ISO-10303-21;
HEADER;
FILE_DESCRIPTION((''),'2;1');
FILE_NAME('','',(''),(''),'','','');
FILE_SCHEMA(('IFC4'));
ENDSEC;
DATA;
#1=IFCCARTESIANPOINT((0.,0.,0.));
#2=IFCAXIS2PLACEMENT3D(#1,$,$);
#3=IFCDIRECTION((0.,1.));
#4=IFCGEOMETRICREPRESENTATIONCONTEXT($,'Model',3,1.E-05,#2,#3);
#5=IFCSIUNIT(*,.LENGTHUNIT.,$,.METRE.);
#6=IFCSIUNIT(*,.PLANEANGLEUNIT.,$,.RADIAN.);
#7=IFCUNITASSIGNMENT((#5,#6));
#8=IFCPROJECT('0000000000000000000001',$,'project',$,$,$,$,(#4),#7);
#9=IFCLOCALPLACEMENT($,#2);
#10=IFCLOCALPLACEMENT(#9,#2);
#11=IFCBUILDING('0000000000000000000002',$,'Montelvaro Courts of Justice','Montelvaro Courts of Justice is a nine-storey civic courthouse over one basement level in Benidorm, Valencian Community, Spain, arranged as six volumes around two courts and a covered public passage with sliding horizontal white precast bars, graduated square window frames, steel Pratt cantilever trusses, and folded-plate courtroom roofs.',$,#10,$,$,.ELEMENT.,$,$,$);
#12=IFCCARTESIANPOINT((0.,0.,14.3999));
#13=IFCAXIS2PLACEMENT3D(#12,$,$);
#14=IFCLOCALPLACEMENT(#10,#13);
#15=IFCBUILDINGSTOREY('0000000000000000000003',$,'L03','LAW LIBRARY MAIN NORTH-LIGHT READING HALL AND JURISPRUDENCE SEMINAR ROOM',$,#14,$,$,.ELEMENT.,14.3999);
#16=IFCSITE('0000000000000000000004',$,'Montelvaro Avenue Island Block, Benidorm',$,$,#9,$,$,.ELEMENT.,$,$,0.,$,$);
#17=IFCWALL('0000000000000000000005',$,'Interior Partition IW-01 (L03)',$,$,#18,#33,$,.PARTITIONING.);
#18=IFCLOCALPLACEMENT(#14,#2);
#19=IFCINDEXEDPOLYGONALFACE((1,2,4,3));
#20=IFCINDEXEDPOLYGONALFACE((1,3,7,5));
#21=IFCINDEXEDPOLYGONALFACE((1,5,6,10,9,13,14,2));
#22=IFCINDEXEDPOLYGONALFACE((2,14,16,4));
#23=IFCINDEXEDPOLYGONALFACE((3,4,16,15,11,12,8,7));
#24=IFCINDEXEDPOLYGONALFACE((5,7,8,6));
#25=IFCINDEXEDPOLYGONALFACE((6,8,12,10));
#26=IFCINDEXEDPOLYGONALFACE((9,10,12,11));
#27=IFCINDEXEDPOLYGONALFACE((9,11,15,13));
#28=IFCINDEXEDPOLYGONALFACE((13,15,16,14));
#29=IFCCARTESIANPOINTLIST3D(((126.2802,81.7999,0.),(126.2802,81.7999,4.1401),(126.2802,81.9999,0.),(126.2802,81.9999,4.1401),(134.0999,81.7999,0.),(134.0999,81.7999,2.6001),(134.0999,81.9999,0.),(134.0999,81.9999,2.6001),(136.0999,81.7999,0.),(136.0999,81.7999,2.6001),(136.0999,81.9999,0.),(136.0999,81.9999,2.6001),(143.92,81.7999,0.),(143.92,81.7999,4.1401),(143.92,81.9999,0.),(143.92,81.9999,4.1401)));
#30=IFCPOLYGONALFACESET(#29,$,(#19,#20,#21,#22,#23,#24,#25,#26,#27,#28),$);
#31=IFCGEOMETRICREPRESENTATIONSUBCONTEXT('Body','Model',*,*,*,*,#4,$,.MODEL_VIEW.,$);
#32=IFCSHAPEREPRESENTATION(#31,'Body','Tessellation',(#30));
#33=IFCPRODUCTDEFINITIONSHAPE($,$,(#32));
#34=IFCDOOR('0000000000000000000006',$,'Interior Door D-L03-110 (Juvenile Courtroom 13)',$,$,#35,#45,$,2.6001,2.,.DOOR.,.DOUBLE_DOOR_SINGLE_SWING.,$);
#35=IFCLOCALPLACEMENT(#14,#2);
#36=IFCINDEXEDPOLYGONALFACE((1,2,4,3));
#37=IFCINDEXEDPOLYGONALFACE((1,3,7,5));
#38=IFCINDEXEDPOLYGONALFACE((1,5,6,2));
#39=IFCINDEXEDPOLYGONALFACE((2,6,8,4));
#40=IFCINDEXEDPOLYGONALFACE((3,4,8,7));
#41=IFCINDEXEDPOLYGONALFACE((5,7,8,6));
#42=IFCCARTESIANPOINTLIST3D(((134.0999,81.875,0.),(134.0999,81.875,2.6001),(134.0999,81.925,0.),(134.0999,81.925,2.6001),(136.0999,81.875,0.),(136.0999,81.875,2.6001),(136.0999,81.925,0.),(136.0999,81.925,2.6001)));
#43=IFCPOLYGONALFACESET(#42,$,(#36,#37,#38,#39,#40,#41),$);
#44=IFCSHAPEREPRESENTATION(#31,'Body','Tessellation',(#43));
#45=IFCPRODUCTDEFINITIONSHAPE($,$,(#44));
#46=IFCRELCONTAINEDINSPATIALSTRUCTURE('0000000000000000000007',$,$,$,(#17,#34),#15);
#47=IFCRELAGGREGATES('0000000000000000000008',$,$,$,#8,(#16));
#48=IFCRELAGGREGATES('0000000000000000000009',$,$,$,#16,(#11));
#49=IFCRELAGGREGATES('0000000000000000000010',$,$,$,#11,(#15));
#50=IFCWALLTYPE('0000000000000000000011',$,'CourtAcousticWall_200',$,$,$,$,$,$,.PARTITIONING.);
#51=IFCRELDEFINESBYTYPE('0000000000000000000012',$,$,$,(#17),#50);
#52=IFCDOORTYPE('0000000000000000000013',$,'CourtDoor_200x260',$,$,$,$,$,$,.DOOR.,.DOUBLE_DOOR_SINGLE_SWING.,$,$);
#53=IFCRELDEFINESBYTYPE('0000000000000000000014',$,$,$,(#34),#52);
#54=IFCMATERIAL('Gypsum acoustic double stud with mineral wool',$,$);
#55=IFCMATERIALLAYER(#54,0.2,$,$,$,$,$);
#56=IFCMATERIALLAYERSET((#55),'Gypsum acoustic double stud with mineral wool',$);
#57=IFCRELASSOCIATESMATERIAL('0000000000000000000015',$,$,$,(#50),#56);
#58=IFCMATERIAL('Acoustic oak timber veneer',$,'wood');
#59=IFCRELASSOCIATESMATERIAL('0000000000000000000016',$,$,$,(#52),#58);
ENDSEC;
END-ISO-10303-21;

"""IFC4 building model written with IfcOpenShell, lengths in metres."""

from ifc_helpers import new_model, si_unit, direction, frame, frame_2d, origin, place, context, subcontext, project, spatial, rectangle, extrude, material, layer, layer_set, type_object, element, fill, save


model = new_model("IFC4")

# Units and contexts
model_context = context("Model", 3, precision=1e-05, world=origin(), true_north=direction((0.0, 1.0)))
body_context = subcontext(model_context, "Body", "Model", "MODEL_VIEW")
ifc_project = project(units=[si_unit("LENGTHUNIT", "METRE"), si_unit("PLANEANGLEUNIT", "RADIAN")], contexts=[model_context])

# Site, building, storey
site_placement = place(None, origin())
site = spatial("IfcSite", under=ifc_project, at=site_placement, Name="Montelvaro Avenue Island Block, Benidorm", CompositionType="ELEMENT", RefElevation=0.0)
building_placement = place(site_placement, origin())
building = spatial("IfcBuilding", under=site, at=building_placement, Name="Montelvaro Courts of Justice", Description="Montelvaro Courts of Justice is a nine-storey civic courthouse over one basement level in Benidorm, Valencian Community, Spain, arranged as six volumes around two courts and a covered public passage with sliding horizontal white precast bars, graduated square window frames, steel Pratt cantilever trusses, and folded-plate courtroom roofs.", CompositionType="ELEMENT")
storey_placement = place(building_placement, frame((0.0, 0.0, 14.3999)))
storey = spatial("IfcBuildingStorey", under=building, at=storey_placement, Name="L03", Description="LAW LIBRARY MAIN NORTH-LIGHT READING HALL AND JURISPRUDENCE SEMINAR ROOM", CompositionType="ELEMENT", Elevation=14.3999)

# Wall, opening, door
ifc_material_1 = material(Name="Gypsum acoustic double stud with mineral wool")
ifc_layer_1 = layer(ifc_material_1, 0.2)
ifc_layer_set_1 = layer_set([ifc_layer_1], Name="Gypsum acoustic double stud with mineral wool")
wall_type = type_object("IfcWallType", Name="CourtAcousticWall_200", PredefinedType="PARTITIONING", material=ifc_layer_set_1)
wall_placement = place(storey_placement, frame((143.9199, 81.8999, 0.0), z_axis=(0.0, 0.0, 1.0), x_axis=(-1.0, 0.0, 0.0)))
wall = element("IfcWall", 1, at=wall_placement, inside=storey, type_object=wall_type, Name="Interior Partition IW-01 (L03)", PredefinedType="PARTITIONING", context=body_context, shape_type="SweptSolid", body=[
    extrude(rectangle(XDim=17.6399, YDim=0.2, at=frame_2d((8.8198, 0.0))), origin(), (0.0, 0.0, 1.0), 4.1401),
])
opening_placement = place(wall_placement, frame((7.8201, 0.0, 0.0)))
opening = element("IfcOpeningElement", 2, at=opening_placement, cuts=wall, PredefinedType="OPENING", context=body_context, shape_type="SweptSolid", body=[
    extrude(rectangle(XDim=2.0, YDim=2.6001, at=frame_2d((1.0, 1.3))), frame((0.0, 0.1147, 0.0), z_axis=(0.0, -1.0, 0.0), x_axis=(1.0, 0.0, 0.0)), (0.0, 0.0, 1.0), 0.2297),
])
ifc_material_2 = material(Name="Acoustic oak timber veneer", Category="wood")
door_type = type_object("IfcDoorType", Name="CourtDoor_200x260", OperationType="DOUBLE_DOOR_SINGLE_SWING", PredefinedType="DOOR", material=ifc_material_2)
door_placement = place(opening_placement, origin())
door = element("IfcDoor", 3, at=door_placement, inside=storey, type_object=door_type, Name="Interior Door D-L03-110 (Juvenile Courtroom 13)", OperationType="DOUBLE_DOOR_SINGLE_SWING", OverallHeight=2.6001, OverallWidth=2.0, PredefinedType="DOOR", context=body_context, shape_type="SweptSolid", body=[
    extrude(rectangle(XDim=2.0, YDim=2.6001, at=frame_2d((1.0, 1.3))), frame((0.0, 0.0249, 0.0), z_axis=(0.0, -1.0, 0.0), x_axis=(1.0, 0.0, 0.0)), (0.0, 0.0, 1.0), 0.05),
])
fill(opening, door)

save(model, "model.ifc")
